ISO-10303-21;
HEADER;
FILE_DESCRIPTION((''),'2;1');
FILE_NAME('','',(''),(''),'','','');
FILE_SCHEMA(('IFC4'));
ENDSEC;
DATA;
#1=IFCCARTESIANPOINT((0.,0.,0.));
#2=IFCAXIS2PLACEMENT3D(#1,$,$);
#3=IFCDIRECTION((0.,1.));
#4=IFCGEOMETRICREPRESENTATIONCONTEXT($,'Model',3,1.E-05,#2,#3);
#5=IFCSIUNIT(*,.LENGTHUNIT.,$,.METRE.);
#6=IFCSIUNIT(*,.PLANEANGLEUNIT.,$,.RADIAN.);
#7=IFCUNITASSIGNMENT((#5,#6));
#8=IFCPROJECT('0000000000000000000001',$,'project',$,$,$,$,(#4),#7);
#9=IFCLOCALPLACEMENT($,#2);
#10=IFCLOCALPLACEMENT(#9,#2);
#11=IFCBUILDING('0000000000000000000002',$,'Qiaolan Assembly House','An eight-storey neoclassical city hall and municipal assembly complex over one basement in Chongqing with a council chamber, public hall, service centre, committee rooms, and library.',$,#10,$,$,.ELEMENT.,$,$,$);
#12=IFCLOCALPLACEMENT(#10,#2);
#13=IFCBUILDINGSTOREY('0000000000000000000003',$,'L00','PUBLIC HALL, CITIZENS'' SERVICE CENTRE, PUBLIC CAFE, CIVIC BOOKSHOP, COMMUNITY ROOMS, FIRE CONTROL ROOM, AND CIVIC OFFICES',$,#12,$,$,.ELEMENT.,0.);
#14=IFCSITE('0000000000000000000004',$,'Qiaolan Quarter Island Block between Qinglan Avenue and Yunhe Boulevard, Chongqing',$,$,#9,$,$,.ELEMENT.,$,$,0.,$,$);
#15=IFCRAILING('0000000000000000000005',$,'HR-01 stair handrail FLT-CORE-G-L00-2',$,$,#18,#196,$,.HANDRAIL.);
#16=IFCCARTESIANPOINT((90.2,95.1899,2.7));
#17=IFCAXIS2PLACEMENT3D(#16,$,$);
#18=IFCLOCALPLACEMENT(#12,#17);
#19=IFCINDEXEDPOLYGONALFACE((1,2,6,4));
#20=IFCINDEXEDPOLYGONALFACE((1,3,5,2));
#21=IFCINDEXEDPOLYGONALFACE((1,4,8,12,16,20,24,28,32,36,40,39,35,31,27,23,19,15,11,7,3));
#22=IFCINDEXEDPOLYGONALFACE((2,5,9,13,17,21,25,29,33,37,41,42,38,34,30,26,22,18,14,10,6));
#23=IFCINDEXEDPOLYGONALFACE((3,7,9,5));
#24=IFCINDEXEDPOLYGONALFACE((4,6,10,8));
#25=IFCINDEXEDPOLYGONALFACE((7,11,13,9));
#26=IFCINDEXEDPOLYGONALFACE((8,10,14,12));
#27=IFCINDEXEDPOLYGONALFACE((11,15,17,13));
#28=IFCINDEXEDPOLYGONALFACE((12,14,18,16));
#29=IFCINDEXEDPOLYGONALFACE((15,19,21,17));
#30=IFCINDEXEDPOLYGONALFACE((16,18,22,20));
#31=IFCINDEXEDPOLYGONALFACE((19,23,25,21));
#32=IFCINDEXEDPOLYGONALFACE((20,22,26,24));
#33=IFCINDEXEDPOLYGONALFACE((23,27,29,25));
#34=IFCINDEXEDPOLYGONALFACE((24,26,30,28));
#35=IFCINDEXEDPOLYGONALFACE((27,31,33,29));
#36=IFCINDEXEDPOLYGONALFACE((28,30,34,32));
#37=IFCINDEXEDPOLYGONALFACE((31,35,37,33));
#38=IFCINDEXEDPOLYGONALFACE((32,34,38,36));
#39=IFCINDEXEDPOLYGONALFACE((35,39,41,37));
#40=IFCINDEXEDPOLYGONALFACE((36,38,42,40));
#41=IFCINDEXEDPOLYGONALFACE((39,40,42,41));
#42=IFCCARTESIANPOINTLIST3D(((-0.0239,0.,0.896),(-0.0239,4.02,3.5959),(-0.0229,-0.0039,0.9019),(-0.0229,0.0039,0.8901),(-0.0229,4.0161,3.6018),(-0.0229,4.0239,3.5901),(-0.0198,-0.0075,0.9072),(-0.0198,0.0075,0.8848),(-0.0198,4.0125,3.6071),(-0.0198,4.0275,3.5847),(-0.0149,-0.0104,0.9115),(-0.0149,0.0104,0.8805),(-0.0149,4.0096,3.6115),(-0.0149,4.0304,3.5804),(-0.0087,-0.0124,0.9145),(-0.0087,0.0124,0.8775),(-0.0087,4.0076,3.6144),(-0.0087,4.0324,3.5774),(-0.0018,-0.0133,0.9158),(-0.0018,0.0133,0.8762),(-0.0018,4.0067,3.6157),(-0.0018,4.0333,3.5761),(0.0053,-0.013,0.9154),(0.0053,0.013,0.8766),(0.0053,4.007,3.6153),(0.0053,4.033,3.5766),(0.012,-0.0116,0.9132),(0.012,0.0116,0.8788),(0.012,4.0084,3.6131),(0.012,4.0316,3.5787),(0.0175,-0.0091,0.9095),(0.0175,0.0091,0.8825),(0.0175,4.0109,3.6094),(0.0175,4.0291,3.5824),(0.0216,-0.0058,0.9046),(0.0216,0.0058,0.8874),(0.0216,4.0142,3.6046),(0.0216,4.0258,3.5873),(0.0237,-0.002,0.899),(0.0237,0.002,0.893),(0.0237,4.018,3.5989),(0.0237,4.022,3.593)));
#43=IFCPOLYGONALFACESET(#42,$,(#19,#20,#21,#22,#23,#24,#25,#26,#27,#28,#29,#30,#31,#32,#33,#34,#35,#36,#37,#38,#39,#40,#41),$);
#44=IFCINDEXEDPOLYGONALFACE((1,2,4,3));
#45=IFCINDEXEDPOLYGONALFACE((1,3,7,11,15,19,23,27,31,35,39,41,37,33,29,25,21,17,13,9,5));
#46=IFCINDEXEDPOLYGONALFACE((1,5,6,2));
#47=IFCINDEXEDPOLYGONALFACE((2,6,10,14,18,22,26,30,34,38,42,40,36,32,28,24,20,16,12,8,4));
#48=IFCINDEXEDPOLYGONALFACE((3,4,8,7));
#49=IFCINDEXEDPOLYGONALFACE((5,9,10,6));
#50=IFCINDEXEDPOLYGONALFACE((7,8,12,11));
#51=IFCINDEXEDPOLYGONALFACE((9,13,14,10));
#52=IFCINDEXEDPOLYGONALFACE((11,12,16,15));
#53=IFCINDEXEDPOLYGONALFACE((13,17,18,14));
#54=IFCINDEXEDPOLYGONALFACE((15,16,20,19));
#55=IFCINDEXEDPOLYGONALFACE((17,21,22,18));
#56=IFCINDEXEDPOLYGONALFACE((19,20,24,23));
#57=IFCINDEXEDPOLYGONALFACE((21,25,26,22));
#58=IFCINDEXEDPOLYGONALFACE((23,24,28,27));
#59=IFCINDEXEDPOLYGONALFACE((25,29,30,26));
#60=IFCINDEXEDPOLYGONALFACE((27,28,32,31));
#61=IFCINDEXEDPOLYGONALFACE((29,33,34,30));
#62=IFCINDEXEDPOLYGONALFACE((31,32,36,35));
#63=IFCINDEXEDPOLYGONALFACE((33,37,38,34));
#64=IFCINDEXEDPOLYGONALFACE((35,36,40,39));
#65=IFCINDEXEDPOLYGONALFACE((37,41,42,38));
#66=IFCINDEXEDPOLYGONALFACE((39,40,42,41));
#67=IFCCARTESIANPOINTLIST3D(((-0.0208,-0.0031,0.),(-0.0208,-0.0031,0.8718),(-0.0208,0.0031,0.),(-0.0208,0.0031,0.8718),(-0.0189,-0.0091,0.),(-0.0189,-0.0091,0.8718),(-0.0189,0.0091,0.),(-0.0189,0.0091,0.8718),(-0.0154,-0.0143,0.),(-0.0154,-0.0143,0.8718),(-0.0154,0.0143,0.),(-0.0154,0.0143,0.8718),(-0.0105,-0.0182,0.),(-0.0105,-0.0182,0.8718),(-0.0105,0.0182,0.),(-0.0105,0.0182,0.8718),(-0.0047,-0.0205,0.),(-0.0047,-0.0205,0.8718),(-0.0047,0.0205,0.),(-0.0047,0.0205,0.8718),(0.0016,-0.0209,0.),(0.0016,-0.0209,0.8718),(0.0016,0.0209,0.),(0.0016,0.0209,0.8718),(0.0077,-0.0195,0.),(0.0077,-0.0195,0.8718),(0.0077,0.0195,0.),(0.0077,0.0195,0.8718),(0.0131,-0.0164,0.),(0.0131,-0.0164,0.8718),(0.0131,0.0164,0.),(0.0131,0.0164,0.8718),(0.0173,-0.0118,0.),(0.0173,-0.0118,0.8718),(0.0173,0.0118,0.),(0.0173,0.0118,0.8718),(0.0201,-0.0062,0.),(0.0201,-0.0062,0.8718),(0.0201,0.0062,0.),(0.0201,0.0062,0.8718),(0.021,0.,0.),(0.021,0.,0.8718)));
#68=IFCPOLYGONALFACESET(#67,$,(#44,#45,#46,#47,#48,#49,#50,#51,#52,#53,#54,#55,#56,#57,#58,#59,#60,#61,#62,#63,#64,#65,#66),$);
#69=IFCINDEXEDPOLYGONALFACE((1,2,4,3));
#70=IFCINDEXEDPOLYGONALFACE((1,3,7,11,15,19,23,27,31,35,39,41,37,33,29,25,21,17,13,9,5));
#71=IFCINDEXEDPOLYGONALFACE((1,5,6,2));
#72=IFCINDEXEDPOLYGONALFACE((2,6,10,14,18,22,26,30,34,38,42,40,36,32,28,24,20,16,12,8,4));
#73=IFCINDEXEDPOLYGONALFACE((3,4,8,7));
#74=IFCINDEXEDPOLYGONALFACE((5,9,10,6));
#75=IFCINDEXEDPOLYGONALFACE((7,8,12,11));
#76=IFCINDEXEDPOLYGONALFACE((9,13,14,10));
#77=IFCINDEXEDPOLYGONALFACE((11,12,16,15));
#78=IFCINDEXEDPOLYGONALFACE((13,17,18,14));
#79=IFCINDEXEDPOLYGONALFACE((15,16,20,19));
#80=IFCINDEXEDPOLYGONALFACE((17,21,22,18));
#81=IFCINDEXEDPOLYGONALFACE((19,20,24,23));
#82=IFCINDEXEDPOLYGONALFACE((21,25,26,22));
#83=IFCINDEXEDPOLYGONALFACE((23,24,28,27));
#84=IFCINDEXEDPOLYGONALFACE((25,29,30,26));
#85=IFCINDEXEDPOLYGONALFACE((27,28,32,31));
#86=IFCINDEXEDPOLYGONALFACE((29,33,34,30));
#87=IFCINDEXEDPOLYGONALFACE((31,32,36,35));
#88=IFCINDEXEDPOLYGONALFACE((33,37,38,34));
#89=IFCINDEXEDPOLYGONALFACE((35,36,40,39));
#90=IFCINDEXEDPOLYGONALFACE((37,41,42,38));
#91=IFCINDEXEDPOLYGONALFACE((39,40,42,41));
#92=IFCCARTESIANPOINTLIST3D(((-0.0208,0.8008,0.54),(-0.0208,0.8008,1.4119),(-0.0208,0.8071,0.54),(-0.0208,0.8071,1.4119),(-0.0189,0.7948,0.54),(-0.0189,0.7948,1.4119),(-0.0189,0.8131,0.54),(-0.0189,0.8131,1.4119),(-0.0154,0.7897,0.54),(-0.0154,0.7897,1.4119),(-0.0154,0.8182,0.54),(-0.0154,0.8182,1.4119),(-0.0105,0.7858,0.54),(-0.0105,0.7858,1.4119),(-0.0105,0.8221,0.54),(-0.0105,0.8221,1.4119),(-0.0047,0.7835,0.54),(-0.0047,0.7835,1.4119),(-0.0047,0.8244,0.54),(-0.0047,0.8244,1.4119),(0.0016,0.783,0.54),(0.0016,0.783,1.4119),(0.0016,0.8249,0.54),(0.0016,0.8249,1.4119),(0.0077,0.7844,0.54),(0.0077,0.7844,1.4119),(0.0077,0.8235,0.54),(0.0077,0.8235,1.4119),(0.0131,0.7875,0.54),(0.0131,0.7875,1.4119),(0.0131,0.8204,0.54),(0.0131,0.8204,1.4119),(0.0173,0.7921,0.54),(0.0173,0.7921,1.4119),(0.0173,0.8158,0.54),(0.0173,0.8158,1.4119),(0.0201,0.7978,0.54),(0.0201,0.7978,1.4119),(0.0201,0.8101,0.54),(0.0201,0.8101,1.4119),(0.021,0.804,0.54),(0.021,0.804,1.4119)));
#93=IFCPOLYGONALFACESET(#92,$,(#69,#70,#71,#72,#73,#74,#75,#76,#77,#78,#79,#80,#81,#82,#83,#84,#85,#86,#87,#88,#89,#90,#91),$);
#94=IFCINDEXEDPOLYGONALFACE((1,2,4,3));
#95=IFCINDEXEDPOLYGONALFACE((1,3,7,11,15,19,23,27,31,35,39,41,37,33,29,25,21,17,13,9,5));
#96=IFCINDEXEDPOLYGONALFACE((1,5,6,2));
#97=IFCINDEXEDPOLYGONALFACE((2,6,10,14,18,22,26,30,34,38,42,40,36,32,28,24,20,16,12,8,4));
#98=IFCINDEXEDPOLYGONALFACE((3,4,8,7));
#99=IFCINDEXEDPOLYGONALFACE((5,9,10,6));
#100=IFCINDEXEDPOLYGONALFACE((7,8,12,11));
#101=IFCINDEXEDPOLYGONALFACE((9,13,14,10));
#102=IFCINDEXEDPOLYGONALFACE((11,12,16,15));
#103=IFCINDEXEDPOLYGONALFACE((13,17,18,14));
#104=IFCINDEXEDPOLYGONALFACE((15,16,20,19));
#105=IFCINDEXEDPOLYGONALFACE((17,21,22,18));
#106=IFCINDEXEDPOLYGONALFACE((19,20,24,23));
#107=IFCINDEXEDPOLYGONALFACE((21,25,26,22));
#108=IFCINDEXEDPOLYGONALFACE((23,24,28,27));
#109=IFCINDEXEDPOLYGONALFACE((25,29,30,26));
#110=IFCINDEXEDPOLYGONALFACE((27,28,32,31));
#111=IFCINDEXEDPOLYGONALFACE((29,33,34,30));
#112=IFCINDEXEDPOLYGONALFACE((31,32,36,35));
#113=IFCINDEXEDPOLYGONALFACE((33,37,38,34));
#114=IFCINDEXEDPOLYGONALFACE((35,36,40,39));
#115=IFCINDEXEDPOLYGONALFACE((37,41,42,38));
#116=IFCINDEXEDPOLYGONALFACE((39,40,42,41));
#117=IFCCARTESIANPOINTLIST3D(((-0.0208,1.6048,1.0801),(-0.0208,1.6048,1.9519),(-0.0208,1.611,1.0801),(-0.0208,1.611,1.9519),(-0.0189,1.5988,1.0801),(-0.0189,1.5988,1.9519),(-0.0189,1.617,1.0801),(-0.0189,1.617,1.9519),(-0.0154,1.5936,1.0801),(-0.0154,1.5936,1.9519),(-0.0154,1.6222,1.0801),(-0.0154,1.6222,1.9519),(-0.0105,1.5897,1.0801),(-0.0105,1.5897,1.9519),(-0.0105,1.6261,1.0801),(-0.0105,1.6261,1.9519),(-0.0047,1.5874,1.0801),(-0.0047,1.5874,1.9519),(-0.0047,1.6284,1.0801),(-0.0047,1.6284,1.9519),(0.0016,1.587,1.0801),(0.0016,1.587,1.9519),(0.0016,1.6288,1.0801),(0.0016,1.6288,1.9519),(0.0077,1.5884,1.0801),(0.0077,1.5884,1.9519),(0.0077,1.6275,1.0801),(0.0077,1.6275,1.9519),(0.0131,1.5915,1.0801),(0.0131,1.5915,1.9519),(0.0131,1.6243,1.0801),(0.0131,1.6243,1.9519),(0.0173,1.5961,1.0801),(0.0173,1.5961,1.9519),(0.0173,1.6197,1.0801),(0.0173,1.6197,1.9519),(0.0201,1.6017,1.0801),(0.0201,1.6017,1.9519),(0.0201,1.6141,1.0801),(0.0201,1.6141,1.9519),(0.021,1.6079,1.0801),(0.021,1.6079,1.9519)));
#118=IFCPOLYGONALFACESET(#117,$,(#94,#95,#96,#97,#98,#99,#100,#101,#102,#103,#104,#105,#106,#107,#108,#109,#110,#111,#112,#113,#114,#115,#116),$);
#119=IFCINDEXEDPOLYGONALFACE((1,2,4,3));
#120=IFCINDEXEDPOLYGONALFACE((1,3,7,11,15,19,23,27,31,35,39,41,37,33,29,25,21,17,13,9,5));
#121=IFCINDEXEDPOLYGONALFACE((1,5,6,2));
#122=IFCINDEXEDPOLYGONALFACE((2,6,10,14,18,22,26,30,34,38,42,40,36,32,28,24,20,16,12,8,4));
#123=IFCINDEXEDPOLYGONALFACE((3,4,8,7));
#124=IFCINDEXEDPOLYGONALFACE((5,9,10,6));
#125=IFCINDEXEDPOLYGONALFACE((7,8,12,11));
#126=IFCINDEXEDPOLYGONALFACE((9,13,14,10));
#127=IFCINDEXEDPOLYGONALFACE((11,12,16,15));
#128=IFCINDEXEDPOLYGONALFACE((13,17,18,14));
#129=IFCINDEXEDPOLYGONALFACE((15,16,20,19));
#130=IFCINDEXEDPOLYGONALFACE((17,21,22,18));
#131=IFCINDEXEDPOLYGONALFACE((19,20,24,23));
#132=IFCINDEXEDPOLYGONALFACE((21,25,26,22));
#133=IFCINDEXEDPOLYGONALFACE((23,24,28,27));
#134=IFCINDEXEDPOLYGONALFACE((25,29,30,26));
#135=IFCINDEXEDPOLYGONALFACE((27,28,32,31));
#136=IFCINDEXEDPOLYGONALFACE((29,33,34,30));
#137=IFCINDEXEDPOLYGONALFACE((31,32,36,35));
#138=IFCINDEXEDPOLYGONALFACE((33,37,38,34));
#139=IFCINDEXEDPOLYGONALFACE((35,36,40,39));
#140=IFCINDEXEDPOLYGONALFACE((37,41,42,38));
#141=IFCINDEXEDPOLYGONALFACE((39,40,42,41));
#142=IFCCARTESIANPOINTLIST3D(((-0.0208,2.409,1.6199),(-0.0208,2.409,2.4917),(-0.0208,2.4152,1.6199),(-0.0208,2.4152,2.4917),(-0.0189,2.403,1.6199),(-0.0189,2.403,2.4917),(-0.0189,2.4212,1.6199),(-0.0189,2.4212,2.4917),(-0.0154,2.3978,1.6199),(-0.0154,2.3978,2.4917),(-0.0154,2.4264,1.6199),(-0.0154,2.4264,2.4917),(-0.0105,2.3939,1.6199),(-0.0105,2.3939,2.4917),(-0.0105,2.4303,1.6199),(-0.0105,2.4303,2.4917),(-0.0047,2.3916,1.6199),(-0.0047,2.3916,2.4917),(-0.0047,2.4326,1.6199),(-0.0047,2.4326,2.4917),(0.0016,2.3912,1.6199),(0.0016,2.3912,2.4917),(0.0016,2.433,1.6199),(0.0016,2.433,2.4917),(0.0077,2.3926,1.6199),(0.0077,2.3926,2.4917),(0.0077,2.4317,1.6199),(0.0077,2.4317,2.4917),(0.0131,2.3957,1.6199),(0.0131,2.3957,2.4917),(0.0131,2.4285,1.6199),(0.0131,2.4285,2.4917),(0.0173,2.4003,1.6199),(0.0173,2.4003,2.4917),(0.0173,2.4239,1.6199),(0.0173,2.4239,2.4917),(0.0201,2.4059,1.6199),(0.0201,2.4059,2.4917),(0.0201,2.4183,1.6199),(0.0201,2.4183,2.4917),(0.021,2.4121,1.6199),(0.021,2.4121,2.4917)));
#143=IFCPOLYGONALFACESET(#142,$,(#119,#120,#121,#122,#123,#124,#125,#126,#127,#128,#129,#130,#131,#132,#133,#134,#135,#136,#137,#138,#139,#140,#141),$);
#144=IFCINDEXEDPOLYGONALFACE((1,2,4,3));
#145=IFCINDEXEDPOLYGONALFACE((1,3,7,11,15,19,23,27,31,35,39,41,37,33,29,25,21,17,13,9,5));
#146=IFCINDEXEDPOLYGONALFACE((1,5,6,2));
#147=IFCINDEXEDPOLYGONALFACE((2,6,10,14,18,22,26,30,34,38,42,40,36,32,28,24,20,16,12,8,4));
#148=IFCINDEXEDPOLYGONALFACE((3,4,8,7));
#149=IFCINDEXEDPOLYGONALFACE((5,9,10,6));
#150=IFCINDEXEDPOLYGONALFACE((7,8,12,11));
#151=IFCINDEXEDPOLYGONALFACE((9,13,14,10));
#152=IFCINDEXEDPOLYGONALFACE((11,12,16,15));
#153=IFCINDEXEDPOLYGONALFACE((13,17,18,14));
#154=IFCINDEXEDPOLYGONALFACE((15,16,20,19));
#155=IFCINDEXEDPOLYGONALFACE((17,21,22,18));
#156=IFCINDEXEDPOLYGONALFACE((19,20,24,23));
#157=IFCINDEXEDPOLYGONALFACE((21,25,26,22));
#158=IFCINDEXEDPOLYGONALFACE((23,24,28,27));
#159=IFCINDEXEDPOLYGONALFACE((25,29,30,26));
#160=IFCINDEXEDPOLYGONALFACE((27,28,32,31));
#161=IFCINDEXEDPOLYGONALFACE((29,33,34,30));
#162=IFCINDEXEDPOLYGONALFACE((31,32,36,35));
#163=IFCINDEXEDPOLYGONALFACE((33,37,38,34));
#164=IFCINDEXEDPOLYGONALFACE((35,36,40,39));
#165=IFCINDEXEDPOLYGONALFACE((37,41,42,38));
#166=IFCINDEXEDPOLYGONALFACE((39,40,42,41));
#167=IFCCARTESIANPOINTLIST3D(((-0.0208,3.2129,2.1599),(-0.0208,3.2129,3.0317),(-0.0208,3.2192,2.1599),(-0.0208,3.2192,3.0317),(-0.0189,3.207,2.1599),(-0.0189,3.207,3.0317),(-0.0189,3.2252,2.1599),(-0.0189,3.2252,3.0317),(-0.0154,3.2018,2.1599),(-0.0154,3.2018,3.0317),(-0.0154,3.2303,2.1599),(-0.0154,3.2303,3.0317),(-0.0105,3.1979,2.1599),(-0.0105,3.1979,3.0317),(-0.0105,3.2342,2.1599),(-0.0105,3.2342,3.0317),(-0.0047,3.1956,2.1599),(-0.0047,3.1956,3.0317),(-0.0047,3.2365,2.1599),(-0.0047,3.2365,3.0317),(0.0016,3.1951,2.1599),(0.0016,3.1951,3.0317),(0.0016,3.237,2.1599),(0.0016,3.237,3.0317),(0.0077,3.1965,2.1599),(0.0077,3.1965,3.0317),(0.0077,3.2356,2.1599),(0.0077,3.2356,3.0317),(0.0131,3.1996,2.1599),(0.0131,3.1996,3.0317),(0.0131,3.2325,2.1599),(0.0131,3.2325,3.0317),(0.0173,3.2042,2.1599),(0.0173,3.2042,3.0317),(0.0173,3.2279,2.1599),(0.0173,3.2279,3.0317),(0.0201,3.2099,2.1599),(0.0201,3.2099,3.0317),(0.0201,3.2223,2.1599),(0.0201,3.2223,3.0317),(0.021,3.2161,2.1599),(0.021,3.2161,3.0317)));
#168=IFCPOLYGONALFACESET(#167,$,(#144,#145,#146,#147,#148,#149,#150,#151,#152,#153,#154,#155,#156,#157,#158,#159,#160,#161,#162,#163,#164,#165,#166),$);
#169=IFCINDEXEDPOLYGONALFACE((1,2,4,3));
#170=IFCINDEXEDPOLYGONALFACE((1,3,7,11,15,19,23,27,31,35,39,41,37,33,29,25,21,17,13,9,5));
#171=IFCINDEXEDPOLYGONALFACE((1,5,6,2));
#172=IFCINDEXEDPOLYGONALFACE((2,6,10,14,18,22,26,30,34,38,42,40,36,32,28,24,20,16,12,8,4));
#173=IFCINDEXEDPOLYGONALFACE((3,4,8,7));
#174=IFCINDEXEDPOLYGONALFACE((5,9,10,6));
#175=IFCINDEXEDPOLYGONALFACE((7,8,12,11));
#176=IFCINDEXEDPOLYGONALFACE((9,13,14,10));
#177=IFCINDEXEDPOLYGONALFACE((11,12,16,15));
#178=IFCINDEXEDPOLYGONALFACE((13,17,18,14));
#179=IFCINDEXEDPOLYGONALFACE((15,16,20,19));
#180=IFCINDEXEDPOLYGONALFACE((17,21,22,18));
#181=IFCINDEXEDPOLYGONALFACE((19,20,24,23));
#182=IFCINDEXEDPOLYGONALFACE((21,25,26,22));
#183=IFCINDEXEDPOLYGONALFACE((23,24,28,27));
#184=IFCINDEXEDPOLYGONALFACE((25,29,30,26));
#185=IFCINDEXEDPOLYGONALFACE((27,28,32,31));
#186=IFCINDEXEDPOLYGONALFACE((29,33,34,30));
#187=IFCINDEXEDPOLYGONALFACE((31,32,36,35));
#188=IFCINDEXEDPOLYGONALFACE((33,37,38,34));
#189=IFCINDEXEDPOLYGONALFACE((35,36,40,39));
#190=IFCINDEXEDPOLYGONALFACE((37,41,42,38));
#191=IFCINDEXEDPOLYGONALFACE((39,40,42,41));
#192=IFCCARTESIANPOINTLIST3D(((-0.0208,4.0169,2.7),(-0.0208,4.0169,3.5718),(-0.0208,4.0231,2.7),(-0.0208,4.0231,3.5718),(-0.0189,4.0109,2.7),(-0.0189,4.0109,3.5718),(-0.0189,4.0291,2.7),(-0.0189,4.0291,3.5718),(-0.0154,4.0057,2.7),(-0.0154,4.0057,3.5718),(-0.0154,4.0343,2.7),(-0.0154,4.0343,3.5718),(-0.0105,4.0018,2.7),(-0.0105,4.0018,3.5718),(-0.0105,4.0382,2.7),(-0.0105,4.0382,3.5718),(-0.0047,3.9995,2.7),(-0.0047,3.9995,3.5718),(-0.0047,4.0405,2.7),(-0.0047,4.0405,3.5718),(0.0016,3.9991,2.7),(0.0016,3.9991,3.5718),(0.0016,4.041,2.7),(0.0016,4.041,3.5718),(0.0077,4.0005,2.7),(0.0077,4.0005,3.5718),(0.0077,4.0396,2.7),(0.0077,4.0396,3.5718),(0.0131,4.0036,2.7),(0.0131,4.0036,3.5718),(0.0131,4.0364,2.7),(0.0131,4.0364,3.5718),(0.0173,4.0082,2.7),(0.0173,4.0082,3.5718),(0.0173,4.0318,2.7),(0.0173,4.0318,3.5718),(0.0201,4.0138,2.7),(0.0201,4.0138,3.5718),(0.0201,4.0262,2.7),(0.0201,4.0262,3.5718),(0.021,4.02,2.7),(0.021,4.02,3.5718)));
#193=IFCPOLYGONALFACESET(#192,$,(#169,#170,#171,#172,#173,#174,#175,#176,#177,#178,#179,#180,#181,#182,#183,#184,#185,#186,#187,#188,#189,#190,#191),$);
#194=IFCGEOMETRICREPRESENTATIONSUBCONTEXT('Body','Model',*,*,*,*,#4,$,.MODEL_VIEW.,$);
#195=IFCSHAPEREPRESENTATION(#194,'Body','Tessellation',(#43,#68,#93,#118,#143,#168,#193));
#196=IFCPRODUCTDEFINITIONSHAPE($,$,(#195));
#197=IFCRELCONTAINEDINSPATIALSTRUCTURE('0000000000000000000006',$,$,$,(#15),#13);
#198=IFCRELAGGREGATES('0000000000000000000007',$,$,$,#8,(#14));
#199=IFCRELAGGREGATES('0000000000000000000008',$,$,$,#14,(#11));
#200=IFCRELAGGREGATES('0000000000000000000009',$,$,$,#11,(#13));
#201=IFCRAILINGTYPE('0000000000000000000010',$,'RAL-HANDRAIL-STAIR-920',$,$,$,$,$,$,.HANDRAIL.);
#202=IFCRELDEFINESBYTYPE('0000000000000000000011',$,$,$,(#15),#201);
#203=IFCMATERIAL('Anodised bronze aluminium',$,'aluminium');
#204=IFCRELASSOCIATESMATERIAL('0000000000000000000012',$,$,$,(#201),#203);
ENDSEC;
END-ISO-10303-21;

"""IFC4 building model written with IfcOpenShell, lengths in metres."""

from ifc_helpers import new_model, si_unit, direction, frame, origin, origin_2d, place, context, subcontext, project, spatial, circle, extrude, material, type_object, element, save


model = new_model("IFC4")

# Units and contexts
model_context = context("Model", 3, precision=1e-05, world=origin(), true_north=direction((0.0, 1.0)))
body_context = subcontext(model_context, "Body", "Model", "MODEL_VIEW")
ifc_project = project(units=[si_unit("LENGTHUNIT", "METRE"), si_unit("PLANEANGLEUNIT", "RADIAN")], contexts=[model_context])

# Site, building, storey
site_placement = place(None, origin())
site = spatial("IfcSite", under=ifc_project, at=site_placement, Name="Qiaolan Quarter Island Block between Qinglan Avenue and Yunhe Boulevard, Chongqing", CompositionType="ELEMENT", RefElevation=0.0)
building_placement = place(site_placement, origin())
building = spatial("IfcBuilding", under=site, at=building_placement, Name="Qiaolan Assembly House", Description="An eight-storey neoclassical city hall and municipal assembly complex over one basement in Chongqing with a council chamber, public hall, service centre, committee rooms, and library.", CompositionType="ELEMENT")
storey_placement = place(building_placement, origin())
storey = spatial("IfcBuildingStorey", under=building, at=storey_placement, Name="L00", Description="PUBLIC HALL, CITIZENS' SERVICE CENTRE, PUBLIC CAFE, CIVIC BOOKSHOP, COMMUNITY ROOMS, FIRE CONTROL ROOM, AND CIVIC OFFICES", CompositionType="ELEMENT", Elevation=0.0)

# Shared definitions
ifc_material_1 = material(Name="Anodised bronze aluminium", Category="aluminium")

# Railing
railing_type_1 = type_object("IfcRailingType", Name="RAL-HANDRAIL-STAIR-920", PredefinedType="HANDRAIL", material=ifc_material_1)
railing_1_placement = place(storey_placement, frame((90.2, 95.1899, 2.7)))
element("IfcRailing", 1, at=railing_1_placement, inside=storey, type_object=railing_type_1, Name="HR-01 stair handrail FLT-CORE-G-L00-2", PredefinedType="HANDRAIL", context=body_context, shape_type="SweptSolid", body=[
    extrude(circle(Radius=0.0239, at=origin_2d()), frame((0.0, 0.0, 0.896), z_axis=(0.0, 0.830145, 0.557547), x_axis=(-1.0, 0.0, 0.0)), (0.0, 0.0, 1.0), 4.8425),
    extrude(circle(Radius=0.021, at=origin_2d()), origin(), (0.0, 0.0, 1.0), 0.8718),
    extrude(circle(Radius=0.021, at=origin_2d()), frame((0.0, 0.804, 0.54)), (0.0, 0.0, 1.0), 0.8718),
    extrude(circle(Radius=0.021, at=origin_2d()), frame((0.0, 1.6079, 1.0801)), (0.0, 0.0, 1.0), 0.8718),
    extrude(circle(Radius=0.021, at=origin_2d()), frame((0.0, 2.4121, 1.6199)), (0.0, 0.0, 1.0), 0.8718),
    extrude(circle(Radius=0.021, at=origin_2d()), frame((0.0, 3.2161, 2.1599)), (0.0, 0.0, 1.0), 0.8718),
    extrude(circle(Radius=0.021, at=origin_2d()), frame((0.0, 4.02, 2.7)), (0.0, 0.0, 1.0), 0.8718),
])

save(model, "model.ifc")
